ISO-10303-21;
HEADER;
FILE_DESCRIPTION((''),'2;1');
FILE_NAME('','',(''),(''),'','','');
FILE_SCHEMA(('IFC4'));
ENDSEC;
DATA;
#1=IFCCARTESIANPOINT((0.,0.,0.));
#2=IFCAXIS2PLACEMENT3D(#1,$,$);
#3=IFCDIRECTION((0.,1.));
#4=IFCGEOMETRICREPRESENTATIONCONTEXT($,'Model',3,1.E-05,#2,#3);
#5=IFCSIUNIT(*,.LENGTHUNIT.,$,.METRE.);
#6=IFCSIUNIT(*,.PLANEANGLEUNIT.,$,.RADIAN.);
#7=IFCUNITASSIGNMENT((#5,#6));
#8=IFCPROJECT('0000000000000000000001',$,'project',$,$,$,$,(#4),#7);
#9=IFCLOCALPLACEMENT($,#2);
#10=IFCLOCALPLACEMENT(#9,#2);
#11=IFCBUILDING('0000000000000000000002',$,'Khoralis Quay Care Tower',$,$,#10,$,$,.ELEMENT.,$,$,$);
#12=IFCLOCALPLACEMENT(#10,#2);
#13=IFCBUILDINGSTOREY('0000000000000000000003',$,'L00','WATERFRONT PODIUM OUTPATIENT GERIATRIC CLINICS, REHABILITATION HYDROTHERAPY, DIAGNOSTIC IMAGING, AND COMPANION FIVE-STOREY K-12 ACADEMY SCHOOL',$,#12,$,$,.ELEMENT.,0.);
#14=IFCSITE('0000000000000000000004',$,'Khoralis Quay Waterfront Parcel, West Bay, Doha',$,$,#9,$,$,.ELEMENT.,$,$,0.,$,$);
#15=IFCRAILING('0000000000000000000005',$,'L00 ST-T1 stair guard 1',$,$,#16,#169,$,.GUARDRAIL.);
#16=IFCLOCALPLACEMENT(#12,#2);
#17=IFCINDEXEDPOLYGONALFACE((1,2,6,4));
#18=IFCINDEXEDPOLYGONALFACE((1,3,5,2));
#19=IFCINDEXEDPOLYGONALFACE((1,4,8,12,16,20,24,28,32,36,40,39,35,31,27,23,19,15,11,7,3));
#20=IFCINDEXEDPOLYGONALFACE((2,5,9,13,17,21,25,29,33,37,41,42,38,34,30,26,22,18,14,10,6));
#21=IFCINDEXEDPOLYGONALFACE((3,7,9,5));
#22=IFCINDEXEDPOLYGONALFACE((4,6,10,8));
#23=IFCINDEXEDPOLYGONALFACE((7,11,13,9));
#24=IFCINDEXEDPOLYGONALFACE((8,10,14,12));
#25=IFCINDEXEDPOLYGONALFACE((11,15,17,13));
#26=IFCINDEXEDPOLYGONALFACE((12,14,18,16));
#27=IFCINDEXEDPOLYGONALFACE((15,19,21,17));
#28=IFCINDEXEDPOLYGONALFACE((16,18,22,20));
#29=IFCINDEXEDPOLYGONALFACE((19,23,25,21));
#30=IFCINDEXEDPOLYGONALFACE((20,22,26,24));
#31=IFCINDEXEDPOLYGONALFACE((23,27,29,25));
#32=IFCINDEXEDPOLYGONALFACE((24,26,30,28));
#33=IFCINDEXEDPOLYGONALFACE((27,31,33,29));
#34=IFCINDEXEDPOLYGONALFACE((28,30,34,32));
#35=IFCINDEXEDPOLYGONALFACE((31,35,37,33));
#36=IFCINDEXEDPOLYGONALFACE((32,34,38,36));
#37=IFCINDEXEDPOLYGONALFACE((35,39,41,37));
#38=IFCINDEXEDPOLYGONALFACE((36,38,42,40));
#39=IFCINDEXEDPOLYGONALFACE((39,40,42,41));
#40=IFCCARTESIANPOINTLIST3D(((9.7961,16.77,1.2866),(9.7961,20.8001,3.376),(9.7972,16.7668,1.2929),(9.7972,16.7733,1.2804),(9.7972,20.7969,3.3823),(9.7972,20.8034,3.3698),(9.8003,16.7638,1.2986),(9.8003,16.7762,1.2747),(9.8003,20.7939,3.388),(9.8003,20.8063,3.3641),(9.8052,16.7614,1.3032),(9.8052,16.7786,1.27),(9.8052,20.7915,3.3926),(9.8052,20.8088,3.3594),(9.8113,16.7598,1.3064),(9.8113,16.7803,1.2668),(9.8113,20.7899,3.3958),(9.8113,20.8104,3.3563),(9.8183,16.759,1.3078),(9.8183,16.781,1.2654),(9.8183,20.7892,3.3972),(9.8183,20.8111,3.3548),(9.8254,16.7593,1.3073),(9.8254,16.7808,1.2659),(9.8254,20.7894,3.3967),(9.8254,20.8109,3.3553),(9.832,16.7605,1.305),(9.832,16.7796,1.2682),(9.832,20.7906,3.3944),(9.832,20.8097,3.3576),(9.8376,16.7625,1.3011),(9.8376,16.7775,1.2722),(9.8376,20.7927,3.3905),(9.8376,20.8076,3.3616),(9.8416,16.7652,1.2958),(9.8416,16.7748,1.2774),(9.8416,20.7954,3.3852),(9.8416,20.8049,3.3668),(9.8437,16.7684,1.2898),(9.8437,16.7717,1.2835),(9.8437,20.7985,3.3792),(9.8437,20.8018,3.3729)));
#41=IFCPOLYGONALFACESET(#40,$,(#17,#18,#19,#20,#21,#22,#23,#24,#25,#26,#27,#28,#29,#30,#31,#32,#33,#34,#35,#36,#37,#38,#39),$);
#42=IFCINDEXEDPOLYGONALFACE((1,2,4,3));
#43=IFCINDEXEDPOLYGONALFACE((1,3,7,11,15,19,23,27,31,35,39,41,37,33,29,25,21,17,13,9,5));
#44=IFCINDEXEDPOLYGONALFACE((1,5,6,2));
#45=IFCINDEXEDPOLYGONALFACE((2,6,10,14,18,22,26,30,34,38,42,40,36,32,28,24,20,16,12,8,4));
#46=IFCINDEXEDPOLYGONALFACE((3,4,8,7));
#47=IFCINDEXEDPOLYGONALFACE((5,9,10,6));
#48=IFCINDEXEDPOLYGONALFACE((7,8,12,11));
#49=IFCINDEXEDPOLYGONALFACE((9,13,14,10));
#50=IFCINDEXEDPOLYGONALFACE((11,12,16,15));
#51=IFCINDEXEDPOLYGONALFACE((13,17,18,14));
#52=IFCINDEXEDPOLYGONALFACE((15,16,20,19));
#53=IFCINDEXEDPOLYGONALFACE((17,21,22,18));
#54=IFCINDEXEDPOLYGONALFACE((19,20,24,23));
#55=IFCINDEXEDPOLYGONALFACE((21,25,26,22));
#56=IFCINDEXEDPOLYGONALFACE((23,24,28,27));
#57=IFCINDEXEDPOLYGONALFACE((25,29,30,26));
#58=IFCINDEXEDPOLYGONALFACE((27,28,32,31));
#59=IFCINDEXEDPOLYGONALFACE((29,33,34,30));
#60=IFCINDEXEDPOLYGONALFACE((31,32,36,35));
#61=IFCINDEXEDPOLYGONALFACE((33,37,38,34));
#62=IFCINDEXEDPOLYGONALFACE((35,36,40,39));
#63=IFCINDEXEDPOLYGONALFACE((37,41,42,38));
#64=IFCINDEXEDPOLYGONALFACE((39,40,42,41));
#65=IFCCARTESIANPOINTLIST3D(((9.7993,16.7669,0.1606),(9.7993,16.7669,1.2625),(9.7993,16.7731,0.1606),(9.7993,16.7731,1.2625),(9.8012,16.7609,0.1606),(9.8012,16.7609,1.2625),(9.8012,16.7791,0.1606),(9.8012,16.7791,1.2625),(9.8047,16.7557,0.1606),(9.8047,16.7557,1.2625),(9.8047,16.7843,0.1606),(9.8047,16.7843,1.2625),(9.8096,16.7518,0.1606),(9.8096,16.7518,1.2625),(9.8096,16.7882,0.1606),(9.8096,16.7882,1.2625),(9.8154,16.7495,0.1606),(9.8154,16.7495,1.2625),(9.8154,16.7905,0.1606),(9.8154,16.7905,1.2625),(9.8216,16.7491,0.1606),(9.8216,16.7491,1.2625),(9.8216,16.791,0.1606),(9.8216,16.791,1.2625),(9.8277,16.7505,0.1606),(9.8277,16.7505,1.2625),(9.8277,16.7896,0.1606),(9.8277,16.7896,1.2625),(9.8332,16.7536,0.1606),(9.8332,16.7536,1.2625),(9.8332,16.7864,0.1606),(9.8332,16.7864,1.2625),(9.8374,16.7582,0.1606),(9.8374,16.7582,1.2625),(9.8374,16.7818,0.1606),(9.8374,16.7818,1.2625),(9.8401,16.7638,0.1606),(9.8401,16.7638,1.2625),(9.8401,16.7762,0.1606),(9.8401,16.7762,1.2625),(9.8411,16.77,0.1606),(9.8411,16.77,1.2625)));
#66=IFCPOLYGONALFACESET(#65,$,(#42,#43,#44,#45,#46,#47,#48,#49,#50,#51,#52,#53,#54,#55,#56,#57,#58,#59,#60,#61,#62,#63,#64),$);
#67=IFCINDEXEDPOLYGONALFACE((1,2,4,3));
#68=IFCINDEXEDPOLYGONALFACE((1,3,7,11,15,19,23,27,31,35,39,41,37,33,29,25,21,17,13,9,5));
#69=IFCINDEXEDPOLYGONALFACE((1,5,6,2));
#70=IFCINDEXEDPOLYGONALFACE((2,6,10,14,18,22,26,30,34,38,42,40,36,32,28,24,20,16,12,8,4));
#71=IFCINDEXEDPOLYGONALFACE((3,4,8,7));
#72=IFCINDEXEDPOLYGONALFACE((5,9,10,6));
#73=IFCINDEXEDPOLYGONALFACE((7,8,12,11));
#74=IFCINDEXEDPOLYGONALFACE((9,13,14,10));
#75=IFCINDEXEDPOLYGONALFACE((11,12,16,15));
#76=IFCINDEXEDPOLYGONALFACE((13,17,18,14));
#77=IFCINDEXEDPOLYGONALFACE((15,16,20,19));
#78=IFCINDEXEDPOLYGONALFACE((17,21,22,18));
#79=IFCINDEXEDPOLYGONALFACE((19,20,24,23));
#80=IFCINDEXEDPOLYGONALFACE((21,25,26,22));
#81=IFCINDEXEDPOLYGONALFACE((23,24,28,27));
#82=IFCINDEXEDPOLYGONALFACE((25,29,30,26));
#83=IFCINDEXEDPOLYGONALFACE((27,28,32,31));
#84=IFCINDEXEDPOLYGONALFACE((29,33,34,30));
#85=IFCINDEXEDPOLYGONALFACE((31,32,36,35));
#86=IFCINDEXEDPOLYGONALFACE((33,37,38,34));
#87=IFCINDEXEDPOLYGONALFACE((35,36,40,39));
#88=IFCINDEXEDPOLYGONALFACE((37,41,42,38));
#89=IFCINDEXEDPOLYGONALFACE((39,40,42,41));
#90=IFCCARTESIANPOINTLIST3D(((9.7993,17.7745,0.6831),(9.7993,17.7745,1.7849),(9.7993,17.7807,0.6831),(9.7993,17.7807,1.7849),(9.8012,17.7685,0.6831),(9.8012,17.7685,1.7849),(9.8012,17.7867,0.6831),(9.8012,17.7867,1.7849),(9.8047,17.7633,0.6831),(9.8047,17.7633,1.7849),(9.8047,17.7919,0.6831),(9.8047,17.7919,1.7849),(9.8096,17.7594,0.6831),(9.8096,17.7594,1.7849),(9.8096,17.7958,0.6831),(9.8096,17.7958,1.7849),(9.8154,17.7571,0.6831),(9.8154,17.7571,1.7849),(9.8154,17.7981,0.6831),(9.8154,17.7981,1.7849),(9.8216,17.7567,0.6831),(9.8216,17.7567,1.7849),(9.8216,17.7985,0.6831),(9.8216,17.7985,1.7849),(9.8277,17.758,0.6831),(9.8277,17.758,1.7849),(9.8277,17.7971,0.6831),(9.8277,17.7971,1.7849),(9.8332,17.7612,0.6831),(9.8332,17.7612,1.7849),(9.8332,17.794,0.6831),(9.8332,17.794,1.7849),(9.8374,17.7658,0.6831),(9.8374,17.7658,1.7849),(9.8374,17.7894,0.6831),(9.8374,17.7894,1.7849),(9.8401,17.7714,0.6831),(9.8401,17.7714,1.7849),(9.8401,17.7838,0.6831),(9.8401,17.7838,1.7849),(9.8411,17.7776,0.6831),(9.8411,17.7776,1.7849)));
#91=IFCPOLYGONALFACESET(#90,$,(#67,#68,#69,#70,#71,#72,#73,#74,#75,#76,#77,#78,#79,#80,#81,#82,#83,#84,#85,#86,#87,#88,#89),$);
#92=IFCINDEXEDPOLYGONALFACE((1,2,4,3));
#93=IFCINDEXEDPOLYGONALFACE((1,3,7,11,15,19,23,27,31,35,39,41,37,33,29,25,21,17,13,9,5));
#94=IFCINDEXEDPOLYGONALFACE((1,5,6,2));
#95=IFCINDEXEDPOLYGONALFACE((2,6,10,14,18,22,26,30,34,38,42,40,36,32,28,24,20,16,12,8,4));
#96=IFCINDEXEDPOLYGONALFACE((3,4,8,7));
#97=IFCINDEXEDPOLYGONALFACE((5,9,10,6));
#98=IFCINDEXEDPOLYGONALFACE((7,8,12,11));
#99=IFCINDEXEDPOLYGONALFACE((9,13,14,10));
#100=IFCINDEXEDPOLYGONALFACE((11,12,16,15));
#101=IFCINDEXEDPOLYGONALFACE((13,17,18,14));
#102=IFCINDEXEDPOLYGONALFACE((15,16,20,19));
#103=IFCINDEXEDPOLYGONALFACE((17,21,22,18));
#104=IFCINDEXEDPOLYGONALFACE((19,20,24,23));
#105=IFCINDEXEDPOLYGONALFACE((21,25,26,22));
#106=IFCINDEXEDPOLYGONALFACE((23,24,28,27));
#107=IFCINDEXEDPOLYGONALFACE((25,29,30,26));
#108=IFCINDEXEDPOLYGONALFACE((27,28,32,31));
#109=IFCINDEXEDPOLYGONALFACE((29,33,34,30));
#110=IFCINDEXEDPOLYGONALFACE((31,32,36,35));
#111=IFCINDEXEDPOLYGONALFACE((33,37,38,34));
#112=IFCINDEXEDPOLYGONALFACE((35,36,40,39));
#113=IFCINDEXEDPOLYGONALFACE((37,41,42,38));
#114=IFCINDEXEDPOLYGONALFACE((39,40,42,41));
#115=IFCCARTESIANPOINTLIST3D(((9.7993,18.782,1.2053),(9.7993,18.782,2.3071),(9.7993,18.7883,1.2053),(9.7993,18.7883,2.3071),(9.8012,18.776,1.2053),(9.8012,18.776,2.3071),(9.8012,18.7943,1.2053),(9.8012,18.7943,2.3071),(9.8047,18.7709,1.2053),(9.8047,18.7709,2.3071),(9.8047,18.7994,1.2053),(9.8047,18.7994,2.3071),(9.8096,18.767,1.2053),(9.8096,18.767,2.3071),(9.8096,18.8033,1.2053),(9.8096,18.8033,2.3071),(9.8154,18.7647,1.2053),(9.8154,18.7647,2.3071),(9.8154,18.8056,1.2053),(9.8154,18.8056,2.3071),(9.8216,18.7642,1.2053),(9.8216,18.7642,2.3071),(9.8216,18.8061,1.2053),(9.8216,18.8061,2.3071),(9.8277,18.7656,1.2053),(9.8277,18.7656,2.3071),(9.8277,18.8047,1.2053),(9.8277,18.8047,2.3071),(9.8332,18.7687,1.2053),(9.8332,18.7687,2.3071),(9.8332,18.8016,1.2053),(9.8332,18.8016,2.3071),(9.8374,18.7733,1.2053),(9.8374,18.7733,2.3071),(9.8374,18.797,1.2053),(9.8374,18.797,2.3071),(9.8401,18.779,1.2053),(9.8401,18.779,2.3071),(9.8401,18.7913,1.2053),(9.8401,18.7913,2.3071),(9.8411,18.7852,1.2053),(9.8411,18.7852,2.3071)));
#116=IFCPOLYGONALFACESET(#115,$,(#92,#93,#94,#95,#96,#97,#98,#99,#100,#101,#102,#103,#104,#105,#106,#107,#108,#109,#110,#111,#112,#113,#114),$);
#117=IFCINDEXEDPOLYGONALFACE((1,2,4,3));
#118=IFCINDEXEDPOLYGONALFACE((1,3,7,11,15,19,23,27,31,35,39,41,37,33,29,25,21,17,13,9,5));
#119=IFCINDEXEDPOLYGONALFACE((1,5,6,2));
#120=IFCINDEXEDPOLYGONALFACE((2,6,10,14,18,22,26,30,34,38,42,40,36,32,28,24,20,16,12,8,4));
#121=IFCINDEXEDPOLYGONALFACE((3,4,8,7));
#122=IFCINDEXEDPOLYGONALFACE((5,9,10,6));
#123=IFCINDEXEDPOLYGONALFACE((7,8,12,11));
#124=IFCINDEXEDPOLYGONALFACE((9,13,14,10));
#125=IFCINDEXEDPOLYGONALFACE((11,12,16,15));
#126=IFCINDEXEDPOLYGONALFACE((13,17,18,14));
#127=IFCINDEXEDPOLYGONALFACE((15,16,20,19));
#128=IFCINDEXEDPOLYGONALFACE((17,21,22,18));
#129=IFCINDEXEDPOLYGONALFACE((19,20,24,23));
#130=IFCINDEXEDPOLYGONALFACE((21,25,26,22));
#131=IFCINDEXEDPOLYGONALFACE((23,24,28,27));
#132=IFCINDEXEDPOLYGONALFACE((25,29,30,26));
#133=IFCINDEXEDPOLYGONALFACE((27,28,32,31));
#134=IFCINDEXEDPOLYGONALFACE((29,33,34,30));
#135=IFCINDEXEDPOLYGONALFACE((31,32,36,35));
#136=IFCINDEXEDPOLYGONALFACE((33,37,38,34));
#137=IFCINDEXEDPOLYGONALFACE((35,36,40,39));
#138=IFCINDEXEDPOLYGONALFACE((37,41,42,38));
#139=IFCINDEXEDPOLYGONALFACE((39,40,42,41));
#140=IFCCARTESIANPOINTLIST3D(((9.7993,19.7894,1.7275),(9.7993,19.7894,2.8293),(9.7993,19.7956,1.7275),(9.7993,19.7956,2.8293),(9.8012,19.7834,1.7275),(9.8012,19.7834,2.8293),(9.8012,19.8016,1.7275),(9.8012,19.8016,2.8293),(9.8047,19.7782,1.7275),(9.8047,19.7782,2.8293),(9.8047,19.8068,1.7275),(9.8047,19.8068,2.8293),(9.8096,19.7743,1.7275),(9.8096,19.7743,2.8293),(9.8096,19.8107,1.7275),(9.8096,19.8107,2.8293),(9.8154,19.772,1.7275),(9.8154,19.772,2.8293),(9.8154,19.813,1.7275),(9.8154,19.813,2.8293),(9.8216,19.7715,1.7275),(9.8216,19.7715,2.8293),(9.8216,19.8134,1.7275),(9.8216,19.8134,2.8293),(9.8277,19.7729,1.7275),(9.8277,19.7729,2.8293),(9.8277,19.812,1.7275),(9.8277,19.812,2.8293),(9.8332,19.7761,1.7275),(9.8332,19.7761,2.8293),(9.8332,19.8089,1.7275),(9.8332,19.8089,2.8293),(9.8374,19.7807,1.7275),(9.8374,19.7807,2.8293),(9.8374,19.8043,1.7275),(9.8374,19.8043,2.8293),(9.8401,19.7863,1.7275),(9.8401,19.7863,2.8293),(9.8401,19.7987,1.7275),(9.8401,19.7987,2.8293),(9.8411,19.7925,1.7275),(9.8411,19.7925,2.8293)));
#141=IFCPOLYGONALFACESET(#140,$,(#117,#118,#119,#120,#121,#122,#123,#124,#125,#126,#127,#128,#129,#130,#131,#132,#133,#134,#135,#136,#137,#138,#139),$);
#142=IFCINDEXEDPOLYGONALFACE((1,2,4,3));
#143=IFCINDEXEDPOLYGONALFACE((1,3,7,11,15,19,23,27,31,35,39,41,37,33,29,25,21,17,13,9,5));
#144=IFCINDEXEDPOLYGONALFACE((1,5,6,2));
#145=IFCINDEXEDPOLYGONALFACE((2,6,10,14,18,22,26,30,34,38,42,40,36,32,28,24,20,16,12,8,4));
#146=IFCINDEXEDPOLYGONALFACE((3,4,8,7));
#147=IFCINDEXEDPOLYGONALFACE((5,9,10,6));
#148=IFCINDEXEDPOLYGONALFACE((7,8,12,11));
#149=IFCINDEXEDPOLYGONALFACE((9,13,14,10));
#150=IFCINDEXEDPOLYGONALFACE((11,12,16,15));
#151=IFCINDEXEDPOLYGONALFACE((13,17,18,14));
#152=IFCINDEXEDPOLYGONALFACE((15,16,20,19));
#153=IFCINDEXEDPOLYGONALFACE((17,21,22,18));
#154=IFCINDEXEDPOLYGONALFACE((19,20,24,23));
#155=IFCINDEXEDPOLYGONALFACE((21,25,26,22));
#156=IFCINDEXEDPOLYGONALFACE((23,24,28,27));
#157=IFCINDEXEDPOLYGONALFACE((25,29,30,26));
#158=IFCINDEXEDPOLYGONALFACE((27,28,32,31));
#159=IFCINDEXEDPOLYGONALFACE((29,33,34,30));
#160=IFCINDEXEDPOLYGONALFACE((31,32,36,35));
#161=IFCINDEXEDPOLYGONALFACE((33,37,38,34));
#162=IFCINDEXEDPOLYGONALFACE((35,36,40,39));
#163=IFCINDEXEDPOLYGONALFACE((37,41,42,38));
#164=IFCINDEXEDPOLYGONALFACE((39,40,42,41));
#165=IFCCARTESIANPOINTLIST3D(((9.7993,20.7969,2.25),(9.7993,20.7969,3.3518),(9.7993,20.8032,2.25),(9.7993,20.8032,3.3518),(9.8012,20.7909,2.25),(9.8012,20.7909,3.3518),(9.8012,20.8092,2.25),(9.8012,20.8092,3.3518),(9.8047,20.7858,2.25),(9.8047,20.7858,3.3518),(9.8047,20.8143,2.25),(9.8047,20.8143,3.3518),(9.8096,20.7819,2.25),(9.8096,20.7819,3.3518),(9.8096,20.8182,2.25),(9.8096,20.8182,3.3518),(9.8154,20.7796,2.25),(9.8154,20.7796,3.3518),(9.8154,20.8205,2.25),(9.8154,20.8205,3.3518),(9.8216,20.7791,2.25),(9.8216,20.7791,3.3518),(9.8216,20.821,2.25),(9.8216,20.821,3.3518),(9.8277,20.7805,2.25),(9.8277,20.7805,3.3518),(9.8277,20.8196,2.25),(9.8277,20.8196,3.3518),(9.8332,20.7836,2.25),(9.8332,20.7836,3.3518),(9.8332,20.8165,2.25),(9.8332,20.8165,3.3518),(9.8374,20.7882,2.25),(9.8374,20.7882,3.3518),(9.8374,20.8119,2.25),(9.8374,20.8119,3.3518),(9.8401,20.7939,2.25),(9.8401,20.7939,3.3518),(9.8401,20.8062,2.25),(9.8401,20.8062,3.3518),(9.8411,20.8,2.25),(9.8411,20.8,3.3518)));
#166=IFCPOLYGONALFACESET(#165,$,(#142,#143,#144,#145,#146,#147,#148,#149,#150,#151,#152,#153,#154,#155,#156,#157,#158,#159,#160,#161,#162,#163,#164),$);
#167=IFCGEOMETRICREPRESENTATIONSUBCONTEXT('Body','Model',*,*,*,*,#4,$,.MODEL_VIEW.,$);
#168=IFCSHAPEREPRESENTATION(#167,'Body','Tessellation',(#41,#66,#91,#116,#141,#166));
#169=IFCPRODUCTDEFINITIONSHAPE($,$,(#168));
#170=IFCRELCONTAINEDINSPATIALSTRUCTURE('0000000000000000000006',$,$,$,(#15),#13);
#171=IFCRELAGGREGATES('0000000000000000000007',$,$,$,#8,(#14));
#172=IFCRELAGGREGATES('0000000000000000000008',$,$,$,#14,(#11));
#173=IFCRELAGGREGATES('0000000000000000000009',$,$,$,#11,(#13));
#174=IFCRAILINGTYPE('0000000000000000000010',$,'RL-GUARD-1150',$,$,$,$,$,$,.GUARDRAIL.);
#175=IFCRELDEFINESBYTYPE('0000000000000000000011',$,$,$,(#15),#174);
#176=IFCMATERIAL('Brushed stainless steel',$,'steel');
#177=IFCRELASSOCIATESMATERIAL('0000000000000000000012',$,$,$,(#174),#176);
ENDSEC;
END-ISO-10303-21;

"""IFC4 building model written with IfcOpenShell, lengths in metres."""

from ifc_helpers import new_model, si_unit, direction, frame, origin, origin_2d, place, context, subcontext, project, spatial, circle, extrude, material, type_object, element, save


model = new_model("IFC4")

# Units and contexts
model_context = context("Model", 3, precision=1e-05, world=origin(), true_north=direction((0.0, 1.0)))
body_context = subcontext(model_context, "Body", "Model", "MODEL_VIEW")
ifc_project = project(units=[si_unit("LENGTHUNIT", "METRE"), si_unit("PLANEANGLEUNIT", "RADIAN")], contexts=[model_context])

# Site, building, storey
site_placement = place(None, origin())
site = spatial("IfcSite", under=ifc_project, at=site_placement, Name="Khoralis Quay Waterfront Parcel, West Bay, Doha", CompositionType="ELEMENT", RefElevation=0.0)
building_placement = place(site_placement, origin())
building = spatial("IfcBuilding", under=site, at=building_placement, Name="Khoralis Quay Care Tower", CompositionType="ELEMENT")
storey_placement = place(building_placement, origin())
storey = spatial("IfcBuildingStorey", under=building, at=storey_placement, Name="L00", Description="WATERFRONT PODIUM OUTPATIENT GERIATRIC CLINICS, REHABILITATION HYDROTHERAPY, DIAGNOSTIC IMAGING, AND COMPANION FIVE-STOREY K-12 ACADEMY SCHOOL", CompositionType="ELEMENT", Elevation=0.0)

# Railing
ifc_material_1 = material(Name="Brushed stainless steel", Category="steel")
railing_type_1 = type_object("IfcRailingType", Name="RL-GUARD-1150", PredefinedType="GUARDRAIL", material=ifc_material_1)
railing_1_placement = place(storey_placement, frame((9.8201, 16.77, 0.1606)))
element("IfcRailing", 1, at=railing_1_placement, inside=storey, type_object=railing_type_1, Name="L00 ST-T1 stair guard 1", PredefinedType="GUARDRAIL", context=body_context, shape_type="SweptSolid", body=[
    extrude(circle(Radius=0.0239, at=origin_2d()), frame((0.0, 0.0, 1.126), z_axis=(0.0, 0.887781, 0.460267), x_axis=(-1.0, 0.0, 0.0)), (0.0, 0.0, 1.0), 4.5396),
    extrude(circle(Radius=0.021, at=origin_2d()), origin(), (0.0, 0.0, 1.0), 1.1018),
    extrude(circle(Radius=0.021, at=origin_2d()), frame((0.0, 1.0076, 0.5225)), (0.0, 0.0, 1.0), 1.1018),
    extrude(circle(Radius=0.021, at=origin_2d()), frame((0.0, 2.0151, 1.0447)), (0.0, 0.0, 1.0), 1.1018),
    extrude(circle(Radius=0.021, at=origin_2d()), frame((0.0, 3.0225, 1.5669)), (0.0, 0.0, 1.0), 1.1018),
    extrude(circle(Radius=0.021, at=origin_2d()), frame((0.0, 4.03, 2.0894)), (0.0, 0.0, 1.0), 1.1018),
])

save(model, "model.ifc")
